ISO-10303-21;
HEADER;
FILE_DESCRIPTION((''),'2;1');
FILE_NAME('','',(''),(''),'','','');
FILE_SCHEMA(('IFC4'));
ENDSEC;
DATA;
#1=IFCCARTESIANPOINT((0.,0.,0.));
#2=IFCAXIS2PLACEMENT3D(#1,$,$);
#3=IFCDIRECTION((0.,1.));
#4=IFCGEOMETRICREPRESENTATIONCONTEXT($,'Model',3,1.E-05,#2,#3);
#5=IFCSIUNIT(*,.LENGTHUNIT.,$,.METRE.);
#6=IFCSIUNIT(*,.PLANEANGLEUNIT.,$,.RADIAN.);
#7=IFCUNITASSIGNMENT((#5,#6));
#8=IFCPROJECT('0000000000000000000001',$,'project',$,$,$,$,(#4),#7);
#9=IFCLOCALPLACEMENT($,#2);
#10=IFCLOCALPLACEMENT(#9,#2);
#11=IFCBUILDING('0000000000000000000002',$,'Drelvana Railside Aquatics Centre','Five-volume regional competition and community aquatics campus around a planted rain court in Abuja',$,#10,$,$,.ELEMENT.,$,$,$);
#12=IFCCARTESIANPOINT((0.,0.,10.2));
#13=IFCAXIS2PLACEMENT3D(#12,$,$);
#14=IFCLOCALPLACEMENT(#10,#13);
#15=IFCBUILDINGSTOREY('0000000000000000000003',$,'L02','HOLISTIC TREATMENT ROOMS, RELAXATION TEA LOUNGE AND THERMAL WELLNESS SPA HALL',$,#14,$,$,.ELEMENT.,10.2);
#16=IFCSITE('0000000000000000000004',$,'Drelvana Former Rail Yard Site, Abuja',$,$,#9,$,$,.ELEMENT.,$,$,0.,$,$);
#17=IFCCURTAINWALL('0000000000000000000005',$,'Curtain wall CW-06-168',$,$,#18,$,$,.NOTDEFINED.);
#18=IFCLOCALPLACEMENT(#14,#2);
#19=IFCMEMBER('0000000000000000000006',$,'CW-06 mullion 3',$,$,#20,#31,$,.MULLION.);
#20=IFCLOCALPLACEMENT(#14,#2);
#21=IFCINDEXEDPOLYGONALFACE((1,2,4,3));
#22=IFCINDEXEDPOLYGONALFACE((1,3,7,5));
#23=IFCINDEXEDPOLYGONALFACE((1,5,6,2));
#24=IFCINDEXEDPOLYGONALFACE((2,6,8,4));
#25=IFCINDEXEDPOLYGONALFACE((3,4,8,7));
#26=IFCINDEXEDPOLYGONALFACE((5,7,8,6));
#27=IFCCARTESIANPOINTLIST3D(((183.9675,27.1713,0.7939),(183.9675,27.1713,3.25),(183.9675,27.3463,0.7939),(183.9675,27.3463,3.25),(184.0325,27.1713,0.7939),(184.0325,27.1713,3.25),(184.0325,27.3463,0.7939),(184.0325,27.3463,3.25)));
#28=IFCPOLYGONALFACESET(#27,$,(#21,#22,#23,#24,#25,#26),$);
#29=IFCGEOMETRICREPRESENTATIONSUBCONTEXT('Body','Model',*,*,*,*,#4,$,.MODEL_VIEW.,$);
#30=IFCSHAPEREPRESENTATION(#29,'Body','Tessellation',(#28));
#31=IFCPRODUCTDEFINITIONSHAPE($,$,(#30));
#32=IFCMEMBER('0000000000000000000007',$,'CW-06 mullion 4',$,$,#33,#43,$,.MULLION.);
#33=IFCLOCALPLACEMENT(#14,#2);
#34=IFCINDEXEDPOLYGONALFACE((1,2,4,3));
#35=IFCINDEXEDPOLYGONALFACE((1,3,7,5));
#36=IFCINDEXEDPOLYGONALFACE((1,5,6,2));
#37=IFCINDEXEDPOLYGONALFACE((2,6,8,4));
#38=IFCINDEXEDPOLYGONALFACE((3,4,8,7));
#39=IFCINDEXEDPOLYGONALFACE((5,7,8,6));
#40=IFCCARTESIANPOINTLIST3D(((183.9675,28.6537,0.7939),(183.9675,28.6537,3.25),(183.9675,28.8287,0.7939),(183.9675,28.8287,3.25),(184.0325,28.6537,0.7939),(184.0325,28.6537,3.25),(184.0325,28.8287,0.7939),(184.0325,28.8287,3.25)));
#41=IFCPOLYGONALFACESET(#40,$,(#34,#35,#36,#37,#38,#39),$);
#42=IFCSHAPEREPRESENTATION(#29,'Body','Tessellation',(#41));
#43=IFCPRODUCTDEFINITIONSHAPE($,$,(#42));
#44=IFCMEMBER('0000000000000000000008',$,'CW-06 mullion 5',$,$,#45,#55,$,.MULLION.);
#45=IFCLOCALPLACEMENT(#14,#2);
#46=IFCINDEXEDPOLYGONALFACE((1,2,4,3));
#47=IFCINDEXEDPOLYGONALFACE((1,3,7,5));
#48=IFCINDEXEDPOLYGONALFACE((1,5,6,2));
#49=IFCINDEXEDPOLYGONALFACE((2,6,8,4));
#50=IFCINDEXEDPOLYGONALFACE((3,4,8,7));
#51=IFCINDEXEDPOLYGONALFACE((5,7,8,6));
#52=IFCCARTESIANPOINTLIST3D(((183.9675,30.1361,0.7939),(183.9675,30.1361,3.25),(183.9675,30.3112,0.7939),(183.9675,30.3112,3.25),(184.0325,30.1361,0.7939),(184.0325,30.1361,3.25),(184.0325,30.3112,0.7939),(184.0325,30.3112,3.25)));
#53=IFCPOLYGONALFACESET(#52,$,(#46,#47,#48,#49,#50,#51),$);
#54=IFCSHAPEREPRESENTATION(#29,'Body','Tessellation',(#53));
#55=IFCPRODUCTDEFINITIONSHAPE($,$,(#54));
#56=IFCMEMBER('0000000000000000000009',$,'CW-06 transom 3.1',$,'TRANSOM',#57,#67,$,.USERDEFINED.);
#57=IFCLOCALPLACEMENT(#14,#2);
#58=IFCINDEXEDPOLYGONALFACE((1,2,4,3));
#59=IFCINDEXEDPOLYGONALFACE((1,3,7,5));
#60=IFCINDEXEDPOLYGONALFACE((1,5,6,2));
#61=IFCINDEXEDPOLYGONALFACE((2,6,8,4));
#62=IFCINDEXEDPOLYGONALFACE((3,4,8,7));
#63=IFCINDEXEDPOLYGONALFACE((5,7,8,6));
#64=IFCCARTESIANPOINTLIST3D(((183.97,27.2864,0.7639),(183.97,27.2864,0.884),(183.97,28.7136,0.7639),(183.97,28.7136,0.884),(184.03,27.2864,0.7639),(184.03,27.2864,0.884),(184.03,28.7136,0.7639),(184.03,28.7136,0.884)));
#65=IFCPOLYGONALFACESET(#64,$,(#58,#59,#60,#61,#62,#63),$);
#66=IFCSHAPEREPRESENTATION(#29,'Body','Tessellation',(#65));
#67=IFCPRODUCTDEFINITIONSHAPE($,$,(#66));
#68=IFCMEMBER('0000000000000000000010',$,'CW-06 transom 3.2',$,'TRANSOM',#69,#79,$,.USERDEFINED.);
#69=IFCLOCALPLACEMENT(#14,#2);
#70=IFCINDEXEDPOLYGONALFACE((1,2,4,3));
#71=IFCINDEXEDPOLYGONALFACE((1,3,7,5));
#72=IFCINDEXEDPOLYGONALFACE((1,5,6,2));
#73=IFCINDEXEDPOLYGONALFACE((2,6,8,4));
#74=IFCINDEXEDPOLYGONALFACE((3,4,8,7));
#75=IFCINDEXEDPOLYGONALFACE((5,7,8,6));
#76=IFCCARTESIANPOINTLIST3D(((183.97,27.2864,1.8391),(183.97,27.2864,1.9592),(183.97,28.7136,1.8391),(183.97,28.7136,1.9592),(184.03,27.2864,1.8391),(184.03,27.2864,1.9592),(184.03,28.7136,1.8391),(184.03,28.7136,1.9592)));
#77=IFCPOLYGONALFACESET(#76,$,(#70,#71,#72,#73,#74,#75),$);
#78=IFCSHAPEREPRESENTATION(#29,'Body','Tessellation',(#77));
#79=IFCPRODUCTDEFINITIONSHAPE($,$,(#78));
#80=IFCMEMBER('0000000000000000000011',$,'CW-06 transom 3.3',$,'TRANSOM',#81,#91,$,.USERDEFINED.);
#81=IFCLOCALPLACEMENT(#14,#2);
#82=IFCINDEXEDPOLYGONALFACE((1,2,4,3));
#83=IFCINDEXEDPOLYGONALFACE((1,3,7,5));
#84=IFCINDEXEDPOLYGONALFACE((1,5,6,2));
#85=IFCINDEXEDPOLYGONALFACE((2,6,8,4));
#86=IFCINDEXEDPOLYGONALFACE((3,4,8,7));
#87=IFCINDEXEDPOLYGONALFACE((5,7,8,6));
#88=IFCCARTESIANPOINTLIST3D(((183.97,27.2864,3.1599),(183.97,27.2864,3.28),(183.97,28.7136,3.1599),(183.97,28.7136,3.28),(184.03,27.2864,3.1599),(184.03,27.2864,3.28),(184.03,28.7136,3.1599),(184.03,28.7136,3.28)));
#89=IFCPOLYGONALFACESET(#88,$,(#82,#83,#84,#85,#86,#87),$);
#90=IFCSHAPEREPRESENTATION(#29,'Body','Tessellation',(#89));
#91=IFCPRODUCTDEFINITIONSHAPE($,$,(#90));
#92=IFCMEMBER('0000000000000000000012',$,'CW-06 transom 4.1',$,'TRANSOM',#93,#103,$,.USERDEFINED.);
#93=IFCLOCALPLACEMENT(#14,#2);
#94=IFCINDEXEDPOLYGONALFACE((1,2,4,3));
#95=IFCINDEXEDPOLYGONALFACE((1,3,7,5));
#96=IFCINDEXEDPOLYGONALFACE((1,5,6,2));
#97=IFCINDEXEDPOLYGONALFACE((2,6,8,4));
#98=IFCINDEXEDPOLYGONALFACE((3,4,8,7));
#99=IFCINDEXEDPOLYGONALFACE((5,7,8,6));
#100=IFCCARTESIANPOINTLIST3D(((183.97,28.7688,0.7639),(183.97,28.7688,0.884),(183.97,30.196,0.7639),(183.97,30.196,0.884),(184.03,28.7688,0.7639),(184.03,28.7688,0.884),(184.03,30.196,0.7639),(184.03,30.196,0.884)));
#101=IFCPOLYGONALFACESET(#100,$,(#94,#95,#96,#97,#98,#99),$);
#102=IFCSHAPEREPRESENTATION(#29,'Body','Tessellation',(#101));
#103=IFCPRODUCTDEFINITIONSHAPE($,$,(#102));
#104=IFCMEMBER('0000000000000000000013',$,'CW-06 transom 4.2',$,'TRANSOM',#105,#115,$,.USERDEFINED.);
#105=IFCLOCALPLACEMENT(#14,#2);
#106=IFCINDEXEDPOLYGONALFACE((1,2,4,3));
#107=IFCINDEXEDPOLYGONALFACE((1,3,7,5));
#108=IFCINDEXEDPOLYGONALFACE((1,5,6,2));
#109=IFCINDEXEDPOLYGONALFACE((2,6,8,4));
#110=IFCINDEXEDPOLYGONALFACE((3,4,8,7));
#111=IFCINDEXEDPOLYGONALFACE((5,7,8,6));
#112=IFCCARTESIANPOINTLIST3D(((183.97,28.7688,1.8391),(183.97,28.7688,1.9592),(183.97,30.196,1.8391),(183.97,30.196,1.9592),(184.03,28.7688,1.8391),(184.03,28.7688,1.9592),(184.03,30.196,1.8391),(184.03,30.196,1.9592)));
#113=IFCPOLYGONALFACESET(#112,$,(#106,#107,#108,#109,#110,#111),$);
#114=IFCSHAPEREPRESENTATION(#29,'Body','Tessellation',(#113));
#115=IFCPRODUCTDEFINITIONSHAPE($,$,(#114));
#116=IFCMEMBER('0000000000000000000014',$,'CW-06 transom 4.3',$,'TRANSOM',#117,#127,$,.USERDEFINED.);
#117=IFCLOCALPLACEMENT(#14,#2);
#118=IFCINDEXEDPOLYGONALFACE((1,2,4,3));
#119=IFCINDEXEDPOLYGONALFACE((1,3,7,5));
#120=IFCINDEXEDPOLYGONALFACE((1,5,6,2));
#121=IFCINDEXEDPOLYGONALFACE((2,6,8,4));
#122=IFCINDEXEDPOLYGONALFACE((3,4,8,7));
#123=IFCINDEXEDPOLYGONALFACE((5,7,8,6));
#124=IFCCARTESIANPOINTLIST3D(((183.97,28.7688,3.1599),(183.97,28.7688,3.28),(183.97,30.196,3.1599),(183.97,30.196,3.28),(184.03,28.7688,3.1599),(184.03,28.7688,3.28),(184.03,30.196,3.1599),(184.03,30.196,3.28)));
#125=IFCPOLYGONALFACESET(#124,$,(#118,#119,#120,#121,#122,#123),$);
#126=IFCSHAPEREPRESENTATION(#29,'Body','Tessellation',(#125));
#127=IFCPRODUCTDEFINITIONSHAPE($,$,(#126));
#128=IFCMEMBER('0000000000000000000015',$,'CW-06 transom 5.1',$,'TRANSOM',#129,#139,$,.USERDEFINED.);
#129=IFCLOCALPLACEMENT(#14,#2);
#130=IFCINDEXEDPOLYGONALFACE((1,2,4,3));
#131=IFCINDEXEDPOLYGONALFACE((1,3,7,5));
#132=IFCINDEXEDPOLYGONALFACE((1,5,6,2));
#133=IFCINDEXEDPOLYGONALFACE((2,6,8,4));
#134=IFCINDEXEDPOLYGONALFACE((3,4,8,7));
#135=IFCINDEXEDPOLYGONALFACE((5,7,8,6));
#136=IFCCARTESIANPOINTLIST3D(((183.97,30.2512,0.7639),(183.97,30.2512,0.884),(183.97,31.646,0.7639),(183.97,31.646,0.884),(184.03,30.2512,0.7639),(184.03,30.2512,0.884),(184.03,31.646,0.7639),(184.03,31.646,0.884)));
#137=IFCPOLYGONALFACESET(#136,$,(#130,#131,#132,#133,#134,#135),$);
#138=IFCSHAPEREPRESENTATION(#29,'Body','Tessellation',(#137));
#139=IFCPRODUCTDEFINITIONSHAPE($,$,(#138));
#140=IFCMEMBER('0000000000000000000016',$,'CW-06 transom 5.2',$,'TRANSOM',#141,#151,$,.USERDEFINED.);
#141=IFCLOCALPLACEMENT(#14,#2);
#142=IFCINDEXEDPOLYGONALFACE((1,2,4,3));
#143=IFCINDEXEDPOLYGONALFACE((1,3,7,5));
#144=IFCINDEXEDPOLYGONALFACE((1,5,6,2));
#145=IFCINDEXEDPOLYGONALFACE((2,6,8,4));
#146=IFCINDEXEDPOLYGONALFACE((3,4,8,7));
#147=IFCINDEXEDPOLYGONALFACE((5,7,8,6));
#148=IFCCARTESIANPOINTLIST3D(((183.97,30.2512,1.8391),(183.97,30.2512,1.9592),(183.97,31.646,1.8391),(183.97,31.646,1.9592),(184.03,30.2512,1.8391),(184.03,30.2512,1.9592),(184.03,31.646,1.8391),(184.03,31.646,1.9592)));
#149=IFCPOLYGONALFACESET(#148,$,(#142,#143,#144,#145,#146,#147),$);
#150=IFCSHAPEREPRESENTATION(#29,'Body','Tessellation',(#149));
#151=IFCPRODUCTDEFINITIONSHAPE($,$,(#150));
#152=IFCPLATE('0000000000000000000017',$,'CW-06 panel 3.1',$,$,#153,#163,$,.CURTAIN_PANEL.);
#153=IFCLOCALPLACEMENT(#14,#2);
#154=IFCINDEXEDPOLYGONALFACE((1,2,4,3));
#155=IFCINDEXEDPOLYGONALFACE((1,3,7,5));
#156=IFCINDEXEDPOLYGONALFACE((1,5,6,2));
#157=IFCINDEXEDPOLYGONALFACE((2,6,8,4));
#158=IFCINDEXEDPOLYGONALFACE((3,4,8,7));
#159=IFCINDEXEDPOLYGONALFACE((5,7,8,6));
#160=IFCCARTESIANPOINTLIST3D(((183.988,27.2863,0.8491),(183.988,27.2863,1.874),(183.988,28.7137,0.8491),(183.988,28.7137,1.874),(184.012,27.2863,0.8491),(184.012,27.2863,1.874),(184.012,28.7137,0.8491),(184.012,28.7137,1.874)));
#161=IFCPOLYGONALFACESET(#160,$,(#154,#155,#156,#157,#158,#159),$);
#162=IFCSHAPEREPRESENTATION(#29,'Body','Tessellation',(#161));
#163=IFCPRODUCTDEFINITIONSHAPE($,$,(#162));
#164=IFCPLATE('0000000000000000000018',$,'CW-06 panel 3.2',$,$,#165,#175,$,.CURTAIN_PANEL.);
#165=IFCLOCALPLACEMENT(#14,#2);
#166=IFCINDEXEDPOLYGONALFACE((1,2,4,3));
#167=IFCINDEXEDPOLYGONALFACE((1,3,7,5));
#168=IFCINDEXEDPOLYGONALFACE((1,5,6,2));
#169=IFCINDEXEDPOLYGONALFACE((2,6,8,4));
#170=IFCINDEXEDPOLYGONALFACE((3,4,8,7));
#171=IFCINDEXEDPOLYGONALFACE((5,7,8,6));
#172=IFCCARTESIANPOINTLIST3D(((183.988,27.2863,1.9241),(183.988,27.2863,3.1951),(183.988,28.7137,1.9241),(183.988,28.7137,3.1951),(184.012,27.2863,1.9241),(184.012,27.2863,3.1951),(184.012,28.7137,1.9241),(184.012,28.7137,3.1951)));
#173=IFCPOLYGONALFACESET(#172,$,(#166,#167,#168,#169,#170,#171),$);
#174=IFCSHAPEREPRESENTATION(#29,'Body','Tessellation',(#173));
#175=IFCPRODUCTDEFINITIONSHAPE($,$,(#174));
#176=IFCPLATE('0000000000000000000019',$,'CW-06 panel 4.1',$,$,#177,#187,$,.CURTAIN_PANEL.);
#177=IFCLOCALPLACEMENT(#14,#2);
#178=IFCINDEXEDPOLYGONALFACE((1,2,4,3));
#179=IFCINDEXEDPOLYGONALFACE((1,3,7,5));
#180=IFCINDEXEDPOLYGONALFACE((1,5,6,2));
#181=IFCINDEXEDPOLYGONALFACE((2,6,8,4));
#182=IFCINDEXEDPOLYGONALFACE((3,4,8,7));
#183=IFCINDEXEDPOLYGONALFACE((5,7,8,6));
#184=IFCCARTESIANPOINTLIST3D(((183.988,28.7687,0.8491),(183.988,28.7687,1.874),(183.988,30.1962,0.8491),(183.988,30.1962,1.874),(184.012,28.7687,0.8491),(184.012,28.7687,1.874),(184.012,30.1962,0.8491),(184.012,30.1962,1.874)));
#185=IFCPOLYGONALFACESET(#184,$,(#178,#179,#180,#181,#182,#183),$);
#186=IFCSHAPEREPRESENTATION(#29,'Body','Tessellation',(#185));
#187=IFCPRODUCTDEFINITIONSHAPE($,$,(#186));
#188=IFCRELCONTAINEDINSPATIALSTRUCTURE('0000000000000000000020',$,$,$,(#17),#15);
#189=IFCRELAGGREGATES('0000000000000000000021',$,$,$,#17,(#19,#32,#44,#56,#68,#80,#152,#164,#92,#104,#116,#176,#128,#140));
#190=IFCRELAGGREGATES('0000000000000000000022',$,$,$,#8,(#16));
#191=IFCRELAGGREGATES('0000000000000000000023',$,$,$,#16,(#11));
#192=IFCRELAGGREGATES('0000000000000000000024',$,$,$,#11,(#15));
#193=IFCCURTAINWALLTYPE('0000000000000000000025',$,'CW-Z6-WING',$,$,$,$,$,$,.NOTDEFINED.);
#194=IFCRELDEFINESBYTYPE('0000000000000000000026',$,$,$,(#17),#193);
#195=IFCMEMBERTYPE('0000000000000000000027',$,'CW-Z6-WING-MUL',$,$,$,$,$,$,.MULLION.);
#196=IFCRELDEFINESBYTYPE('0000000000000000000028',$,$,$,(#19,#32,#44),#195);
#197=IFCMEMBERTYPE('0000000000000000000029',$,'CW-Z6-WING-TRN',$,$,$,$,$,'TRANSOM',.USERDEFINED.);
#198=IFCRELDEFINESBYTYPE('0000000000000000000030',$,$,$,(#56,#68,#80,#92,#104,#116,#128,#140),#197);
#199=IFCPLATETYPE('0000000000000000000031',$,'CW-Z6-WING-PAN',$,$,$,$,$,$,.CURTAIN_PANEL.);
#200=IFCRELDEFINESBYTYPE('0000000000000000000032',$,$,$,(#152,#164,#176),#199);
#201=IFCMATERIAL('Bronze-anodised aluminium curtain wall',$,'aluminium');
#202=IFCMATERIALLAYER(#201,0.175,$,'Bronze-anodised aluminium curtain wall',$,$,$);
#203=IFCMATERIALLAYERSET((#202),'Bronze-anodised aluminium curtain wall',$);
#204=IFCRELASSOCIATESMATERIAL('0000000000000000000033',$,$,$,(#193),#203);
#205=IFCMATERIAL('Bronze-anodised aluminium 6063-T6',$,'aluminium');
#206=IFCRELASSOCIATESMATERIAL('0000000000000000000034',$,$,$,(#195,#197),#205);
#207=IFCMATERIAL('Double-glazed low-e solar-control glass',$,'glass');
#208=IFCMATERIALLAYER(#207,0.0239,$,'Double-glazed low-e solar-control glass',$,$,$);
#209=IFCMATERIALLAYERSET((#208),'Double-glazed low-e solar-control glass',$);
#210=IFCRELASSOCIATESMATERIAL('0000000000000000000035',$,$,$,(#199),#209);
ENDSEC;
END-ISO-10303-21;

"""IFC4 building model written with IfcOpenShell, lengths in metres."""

from ifc_helpers import new_model, si_unit, direction, frame, origin, origin_2d, place, context, subcontext, project, spatial, rectangle, extrude, material, layer, layer_set, material_profile, profile_set, type_object, element, aggregate, save


model = new_model("IFC4")

# Units and contexts
model_context = context("Model", 3, precision=1e-05, world=origin(), true_north=direction((0.0, 1.0)))
body_context = subcontext(model_context, "Body", "Model", "MODEL_VIEW")
ifc_project = project(units=[si_unit("LENGTHUNIT", "METRE"), si_unit("PLANEANGLEUNIT", "RADIAN")], contexts=[model_context])

# Site, building, storey
site_placement = place(None, origin())
site = spatial("IfcSite", under=ifc_project, at=site_placement, Name="Drelvana Former Rail Yard Site, Abuja", CompositionType="ELEMENT", RefElevation=0.0)
building_placement = place(site_placement, origin())
building = spatial("IfcBuilding", under=site, at=building_placement, Name="Drelvana Railside Aquatics Centre", Description="Five-volume regional competition and community aquatics campus around a planted rain court in Abuja", CompositionType="ELEMENT")
storey_placement = place(building_placement, frame((0.0, 0.0, 10.2)))
storey = spatial("IfcBuildingStorey", under=building, at=storey_placement, Name="L02", Description="HOLISTIC TREATMENT ROOMS, RELAXATION TEA LOUNGE AND THERMAL WELLNESS SPA HALL", CompositionType="ELEMENT", Elevation=10.2)

# Curtain wall, members, plates
ifc_material_1 = material(Name="Bronze-anodised aluminium curtain wall", Category="aluminium")
ifc_layer_1 = layer(ifc_material_1, 0.175, Name="Bronze-anodised aluminium curtain wall")
ifc_layer_set_1 = layer_set([ifc_layer_1], Name="Bronze-anodised aluminium curtain wall")
curtain_wall_type = type_object("IfcCurtainWallType", Name="CW-Z6-WING", PredefinedType="NOTDEFINED", material=ifc_layer_set_1)
curtain_wall_placement = place(storey_placement, origin())
curtain_wall = element("IfcCurtainWall", 1, at=curtain_wall_placement, inside=storey, type_object=curtain_wall_type, Name="Curtain wall CW-06-168", PredefinedType="NOTDEFINED")
ifc_material_2 = material(Name="Bronze-anodised aluminium 6063-T6", Category="aluminium")
ifc_material_profile_1 = material_profile(ifc_material_2, rectangle(XDim=0.0649, YDim=0.175, at=origin_2d()), Name="ALU-M 65x175")
ifc_profile_set_1 = profile_set([ifc_material_profile_1], Name="Bronze-anodised aluminium 6063-T6")
member_type_1 = type_object("IfcMemberType", Name="CW-Z6-WING-MUL", PredefinedType="MULLION", material=ifc_profile_set_1)
member_1_placement = place(storey_placement, frame((184.0, 27.2588, 0.7939), z_axis=(0.0, 0.0, 1.0), x_axis=(-1.0, 0.0, 0.0)))
member_1 = element("IfcMember", 2, at=member_1_placement, type_object=member_type_1, Name="CW-06 mullion 3", PredefinedType="MULLION", context=body_context, shape_type="SweptSolid", body=[
    extrude(rectangle(XDim=0.0649, YDim=0.175, at=origin_2d()), origin(), (0.0, 0.0, 1.0), 2.4561),
])
member_2_placement = place(storey_placement, frame((184.0, 28.7412, 0.7939), z_axis=(0.0, 0.0, 1.0), x_axis=(-1.0, 0.0, 0.0)))
member_2 = element("IfcMember", 3, at=member_2_placement, type_object=member_type_1, Name="CW-06 mullion 4", PredefinedType="MULLION", context=body_context, shape_type="SweptSolid", body=[
    extrude(rectangle(XDim=0.0649, YDim=0.175, at=origin_2d()), origin(), (0.0, 0.0, 1.0), 2.4561),
])
member_3_placement = place(storey_placement, frame((184.0, 30.2236, 0.7939), z_axis=(0.0, 0.0, 1.0), x_axis=(-1.0, 0.0, 0.0)))
member_3 = element("IfcMember", 4, at=member_3_placement, type_object=member_type_1, Name="CW-06 mullion 5", PredefinedType="MULLION", context=body_context, shape_type="SweptSolid", body=[
    extrude(rectangle(XDim=0.0649, YDim=0.175, at=origin_2d()), origin(), (0.0, 0.0, 1.0), 2.4561),
])
ifc_material_profile_2 = material_profile(ifc_material_2, rectangle(XDim=0.1201, YDim=0.0601, at=origin_2d()), Name="ALU-T 60x120")
ifc_profile_set_2 = profile_set([ifc_material_profile_2], Name="Bronze-anodised aluminium 6063-T6")
member_type_2 = type_object("IfcMemberType", Name="CW-Z6-WING-TRN", ElementType="TRANSOM", PredefinedType="USERDEFINED", material=ifc_profile_set_2)
member_4_placement = place(storey_placement, frame((184.0, 27.2864, 0.824), z_axis=(0.0, 1.0, 0.0), x_axis=(0.0, 0.0, 1.0)))
member_4 = element("IfcMember", 5, at=member_4_placement, type_object=member_type_2, Name="CW-06 transom 3.1", ObjectType="TRANSOM", PredefinedType="USERDEFINED", context=body_context, shape_type="SweptSolid", body=[
    extrude(rectangle(XDim=0.1201, YDim=0.0601, at=origin_2d()), origin(), (0.0, 0.0, 1.0), 1.4272),
])
member_5_placement = place(storey_placement, frame((184.0, 27.2864, 1.8992), z_axis=(0.0, 1.0, 0.0), x_axis=(0.0, 0.0, 1.0)))
member_5 = element("IfcMember", 6, at=member_5_placement, type_object=member_type_2, Name="CW-06 transom 3.2", ObjectType="TRANSOM", PredefinedType="USERDEFINED", context=body_context, shape_type="SweptSolid", body=[
    extrude(rectangle(XDim=0.1201, YDim=0.0601, at=origin_2d()), origin(), (0.0, 0.0, 1.0), 1.4272),
])
member_6_placement = place(storey_placement, frame((184.0, 27.2864, 3.22), z_axis=(0.0, 1.0, 0.0), x_axis=(0.0, 0.0, 1.0)))
member_6 = element("IfcMember", 7, at=member_6_placement, type_object=member_type_2, Name="CW-06 transom 3.3", ObjectType="TRANSOM", PredefinedType="USERDEFINED", context=body_context, shape_type="SweptSolid", body=[
    extrude(rectangle(XDim=0.1201, YDim=0.0601, at=origin_2d()), origin(), (0.0, 0.0, 1.0), 1.4272),
])
member_7_placement = place(storey_placement, frame((184.0, 28.7688, 0.824), z_axis=(0.0, 1.0, 0.0), x_axis=(0.0, 0.0, 1.0)))
member_7 = element("IfcMember", 8, at=member_7_placement, type_object=member_type_2, Name="CW-06 transom 4.1", ObjectType="TRANSOM", PredefinedType="USERDEFINED", context=body_context, shape_type="SweptSolid", body=[
    extrude(rectangle(XDim=0.1201, YDim=0.0601, at=origin_2d()), origin(), (0.0, 0.0, 1.0), 1.4272),
])
member_8_placement = place(storey_placement, frame((184.0, 28.7688, 1.8992), z_axis=(0.0, 1.0, 0.0), x_axis=(0.0, 0.0, 1.0)))
member_8 = element("IfcMember", 9, at=member_8_placement, type_object=member_type_2, Name="CW-06 transom 4.2", ObjectType="TRANSOM", PredefinedType="USERDEFINED", context=body_context, shape_type="SweptSolid", body=[
    extrude(rectangle(XDim=0.1201, YDim=0.0601, at=origin_2d()), origin(), (0.0, 0.0, 1.0), 1.4272),
])
member_9_placement = place(storey_placement, frame((184.0, 28.7688, 3.22), z_axis=(0.0, 1.0, 0.0), x_axis=(0.0, 0.0, 1.0)))
member_9 = element("IfcMember", 10, at=member_9_placement, type_object=member_type_2, Name="CW-06 transom 4.3", ObjectType="TRANSOM", PredefinedType="USERDEFINED", context=body_context, shape_type="SweptSolid", body=[
    extrude(rectangle(XDim=0.1201, YDim=0.0601, at=origin_2d()), origin(), (0.0, 0.0, 1.0), 1.4272),
])
member_10_placement = place(storey_placement, frame((184.0, 30.2512, 0.824), z_axis=(0.0, 1.0, 0.0), x_axis=(0.0, 0.0, 1.0)))
member_10 = element("IfcMember", 11, at=member_10_placement, type_object=member_type_2, Name="CW-06 transom 5.1", ObjectType="TRANSOM", PredefinedType="USERDEFINED", context=body_context, shape_type="SweptSolid", body=[
    extrude(rectangle(XDim=0.1201, YDim=0.0601, at=origin_2d()), origin(), (0.0, 0.0, 1.0), 1.3948),
])
member_11_placement = place(storey_placement, frame((184.0, 30.2512, 1.8992), z_axis=(0.0, 1.0, 0.0), x_axis=(0.0, 0.0, 1.0)))
member_11 = element("IfcMember", 12, at=member_11_placement, type_object=member_type_2, Name="CW-06 transom 5.2", ObjectType="TRANSOM", PredefinedType="USERDEFINED", context=body_context, shape_type="SweptSolid", body=[
    extrude(rectangle(XDim=0.1201, YDim=0.0601, at=origin_2d()), origin(), (0.0, 0.0, 1.0), 1.3948),
])
ifc_material_3 = material(Name="Double-glazed low-e solar-control glass", Category="glass")
ifc_layer_2 = layer(ifc_material_3, 0.0239, Name="Double-glazed low-e solar-control glass")
ifc_layer_set_2 = layer_set([ifc_layer_2], Name="Double-glazed low-e solar-control glass")
plate_type = type_object("IfcPlateType", Name="CW-Z6-WING-PAN", PredefinedType="CURTAIN_PANEL", material=ifc_layer_set_2)
plate_1_placement = place(storey_placement, frame((184.0, 28.0, 0.8491), z_axis=(0.0, 0.0, 1.0), x_axis=(0.0, 1.0, 0.0)))
plate_1 = element("IfcPlate", 13, at=plate_1_placement, type_object=plate_type, Name="CW-06 panel 3.1", PredefinedType="CURTAIN_PANEL", context=body_context, shape_type="SweptSolid", body=[
    extrude(rectangle(XDim=1.4275, YDim=0.0239, at=origin_2d()), origin(), (0.0, 0.0, 1.0), 1.0249),
])
plate_2_placement = place(storey_placement, frame((184.0, 28.0, 1.9241), z_axis=(0.0, 0.0, 1.0), x_axis=(0.0, 1.0, 0.0)))
plate_2 = element("IfcPlate", 14, at=plate_2_placement, type_object=plate_type, Name="CW-06 panel 3.2", PredefinedType="CURTAIN_PANEL", context=body_context, shape_type="SweptSolid", body=[
    extrude(rectangle(XDim=1.4275, YDim=0.0239, at=origin_2d()), origin(), (0.0, 0.0, 1.0), 1.271),
])
plate_3_placement = place(storey_placement, frame((184.0, 29.4824, 0.8491), z_axis=(0.0, 0.0, 1.0), x_axis=(0.0, 1.0, 0.0)))
plate_3 = element("IfcPlate", 15, at=plate_3_placement, type_object=plate_type, Name="CW-06 panel 4.1", PredefinedType="CURTAIN_PANEL", context=body_context, shape_type="SweptSolid", body=[
    extrude(rectangle(XDim=1.4275, YDim=0.0239, at=origin_2d()), origin(), (0.0, 0.0, 1.0), 1.0249),
])
aggregate(curtain_wall, [member_1, member_2, member_3, member_4, member_5, member_6, plate_1, plate_2, member_7, member_8, member_9, plate_3, member_10, member_11])

save(model, "model.ifc")
